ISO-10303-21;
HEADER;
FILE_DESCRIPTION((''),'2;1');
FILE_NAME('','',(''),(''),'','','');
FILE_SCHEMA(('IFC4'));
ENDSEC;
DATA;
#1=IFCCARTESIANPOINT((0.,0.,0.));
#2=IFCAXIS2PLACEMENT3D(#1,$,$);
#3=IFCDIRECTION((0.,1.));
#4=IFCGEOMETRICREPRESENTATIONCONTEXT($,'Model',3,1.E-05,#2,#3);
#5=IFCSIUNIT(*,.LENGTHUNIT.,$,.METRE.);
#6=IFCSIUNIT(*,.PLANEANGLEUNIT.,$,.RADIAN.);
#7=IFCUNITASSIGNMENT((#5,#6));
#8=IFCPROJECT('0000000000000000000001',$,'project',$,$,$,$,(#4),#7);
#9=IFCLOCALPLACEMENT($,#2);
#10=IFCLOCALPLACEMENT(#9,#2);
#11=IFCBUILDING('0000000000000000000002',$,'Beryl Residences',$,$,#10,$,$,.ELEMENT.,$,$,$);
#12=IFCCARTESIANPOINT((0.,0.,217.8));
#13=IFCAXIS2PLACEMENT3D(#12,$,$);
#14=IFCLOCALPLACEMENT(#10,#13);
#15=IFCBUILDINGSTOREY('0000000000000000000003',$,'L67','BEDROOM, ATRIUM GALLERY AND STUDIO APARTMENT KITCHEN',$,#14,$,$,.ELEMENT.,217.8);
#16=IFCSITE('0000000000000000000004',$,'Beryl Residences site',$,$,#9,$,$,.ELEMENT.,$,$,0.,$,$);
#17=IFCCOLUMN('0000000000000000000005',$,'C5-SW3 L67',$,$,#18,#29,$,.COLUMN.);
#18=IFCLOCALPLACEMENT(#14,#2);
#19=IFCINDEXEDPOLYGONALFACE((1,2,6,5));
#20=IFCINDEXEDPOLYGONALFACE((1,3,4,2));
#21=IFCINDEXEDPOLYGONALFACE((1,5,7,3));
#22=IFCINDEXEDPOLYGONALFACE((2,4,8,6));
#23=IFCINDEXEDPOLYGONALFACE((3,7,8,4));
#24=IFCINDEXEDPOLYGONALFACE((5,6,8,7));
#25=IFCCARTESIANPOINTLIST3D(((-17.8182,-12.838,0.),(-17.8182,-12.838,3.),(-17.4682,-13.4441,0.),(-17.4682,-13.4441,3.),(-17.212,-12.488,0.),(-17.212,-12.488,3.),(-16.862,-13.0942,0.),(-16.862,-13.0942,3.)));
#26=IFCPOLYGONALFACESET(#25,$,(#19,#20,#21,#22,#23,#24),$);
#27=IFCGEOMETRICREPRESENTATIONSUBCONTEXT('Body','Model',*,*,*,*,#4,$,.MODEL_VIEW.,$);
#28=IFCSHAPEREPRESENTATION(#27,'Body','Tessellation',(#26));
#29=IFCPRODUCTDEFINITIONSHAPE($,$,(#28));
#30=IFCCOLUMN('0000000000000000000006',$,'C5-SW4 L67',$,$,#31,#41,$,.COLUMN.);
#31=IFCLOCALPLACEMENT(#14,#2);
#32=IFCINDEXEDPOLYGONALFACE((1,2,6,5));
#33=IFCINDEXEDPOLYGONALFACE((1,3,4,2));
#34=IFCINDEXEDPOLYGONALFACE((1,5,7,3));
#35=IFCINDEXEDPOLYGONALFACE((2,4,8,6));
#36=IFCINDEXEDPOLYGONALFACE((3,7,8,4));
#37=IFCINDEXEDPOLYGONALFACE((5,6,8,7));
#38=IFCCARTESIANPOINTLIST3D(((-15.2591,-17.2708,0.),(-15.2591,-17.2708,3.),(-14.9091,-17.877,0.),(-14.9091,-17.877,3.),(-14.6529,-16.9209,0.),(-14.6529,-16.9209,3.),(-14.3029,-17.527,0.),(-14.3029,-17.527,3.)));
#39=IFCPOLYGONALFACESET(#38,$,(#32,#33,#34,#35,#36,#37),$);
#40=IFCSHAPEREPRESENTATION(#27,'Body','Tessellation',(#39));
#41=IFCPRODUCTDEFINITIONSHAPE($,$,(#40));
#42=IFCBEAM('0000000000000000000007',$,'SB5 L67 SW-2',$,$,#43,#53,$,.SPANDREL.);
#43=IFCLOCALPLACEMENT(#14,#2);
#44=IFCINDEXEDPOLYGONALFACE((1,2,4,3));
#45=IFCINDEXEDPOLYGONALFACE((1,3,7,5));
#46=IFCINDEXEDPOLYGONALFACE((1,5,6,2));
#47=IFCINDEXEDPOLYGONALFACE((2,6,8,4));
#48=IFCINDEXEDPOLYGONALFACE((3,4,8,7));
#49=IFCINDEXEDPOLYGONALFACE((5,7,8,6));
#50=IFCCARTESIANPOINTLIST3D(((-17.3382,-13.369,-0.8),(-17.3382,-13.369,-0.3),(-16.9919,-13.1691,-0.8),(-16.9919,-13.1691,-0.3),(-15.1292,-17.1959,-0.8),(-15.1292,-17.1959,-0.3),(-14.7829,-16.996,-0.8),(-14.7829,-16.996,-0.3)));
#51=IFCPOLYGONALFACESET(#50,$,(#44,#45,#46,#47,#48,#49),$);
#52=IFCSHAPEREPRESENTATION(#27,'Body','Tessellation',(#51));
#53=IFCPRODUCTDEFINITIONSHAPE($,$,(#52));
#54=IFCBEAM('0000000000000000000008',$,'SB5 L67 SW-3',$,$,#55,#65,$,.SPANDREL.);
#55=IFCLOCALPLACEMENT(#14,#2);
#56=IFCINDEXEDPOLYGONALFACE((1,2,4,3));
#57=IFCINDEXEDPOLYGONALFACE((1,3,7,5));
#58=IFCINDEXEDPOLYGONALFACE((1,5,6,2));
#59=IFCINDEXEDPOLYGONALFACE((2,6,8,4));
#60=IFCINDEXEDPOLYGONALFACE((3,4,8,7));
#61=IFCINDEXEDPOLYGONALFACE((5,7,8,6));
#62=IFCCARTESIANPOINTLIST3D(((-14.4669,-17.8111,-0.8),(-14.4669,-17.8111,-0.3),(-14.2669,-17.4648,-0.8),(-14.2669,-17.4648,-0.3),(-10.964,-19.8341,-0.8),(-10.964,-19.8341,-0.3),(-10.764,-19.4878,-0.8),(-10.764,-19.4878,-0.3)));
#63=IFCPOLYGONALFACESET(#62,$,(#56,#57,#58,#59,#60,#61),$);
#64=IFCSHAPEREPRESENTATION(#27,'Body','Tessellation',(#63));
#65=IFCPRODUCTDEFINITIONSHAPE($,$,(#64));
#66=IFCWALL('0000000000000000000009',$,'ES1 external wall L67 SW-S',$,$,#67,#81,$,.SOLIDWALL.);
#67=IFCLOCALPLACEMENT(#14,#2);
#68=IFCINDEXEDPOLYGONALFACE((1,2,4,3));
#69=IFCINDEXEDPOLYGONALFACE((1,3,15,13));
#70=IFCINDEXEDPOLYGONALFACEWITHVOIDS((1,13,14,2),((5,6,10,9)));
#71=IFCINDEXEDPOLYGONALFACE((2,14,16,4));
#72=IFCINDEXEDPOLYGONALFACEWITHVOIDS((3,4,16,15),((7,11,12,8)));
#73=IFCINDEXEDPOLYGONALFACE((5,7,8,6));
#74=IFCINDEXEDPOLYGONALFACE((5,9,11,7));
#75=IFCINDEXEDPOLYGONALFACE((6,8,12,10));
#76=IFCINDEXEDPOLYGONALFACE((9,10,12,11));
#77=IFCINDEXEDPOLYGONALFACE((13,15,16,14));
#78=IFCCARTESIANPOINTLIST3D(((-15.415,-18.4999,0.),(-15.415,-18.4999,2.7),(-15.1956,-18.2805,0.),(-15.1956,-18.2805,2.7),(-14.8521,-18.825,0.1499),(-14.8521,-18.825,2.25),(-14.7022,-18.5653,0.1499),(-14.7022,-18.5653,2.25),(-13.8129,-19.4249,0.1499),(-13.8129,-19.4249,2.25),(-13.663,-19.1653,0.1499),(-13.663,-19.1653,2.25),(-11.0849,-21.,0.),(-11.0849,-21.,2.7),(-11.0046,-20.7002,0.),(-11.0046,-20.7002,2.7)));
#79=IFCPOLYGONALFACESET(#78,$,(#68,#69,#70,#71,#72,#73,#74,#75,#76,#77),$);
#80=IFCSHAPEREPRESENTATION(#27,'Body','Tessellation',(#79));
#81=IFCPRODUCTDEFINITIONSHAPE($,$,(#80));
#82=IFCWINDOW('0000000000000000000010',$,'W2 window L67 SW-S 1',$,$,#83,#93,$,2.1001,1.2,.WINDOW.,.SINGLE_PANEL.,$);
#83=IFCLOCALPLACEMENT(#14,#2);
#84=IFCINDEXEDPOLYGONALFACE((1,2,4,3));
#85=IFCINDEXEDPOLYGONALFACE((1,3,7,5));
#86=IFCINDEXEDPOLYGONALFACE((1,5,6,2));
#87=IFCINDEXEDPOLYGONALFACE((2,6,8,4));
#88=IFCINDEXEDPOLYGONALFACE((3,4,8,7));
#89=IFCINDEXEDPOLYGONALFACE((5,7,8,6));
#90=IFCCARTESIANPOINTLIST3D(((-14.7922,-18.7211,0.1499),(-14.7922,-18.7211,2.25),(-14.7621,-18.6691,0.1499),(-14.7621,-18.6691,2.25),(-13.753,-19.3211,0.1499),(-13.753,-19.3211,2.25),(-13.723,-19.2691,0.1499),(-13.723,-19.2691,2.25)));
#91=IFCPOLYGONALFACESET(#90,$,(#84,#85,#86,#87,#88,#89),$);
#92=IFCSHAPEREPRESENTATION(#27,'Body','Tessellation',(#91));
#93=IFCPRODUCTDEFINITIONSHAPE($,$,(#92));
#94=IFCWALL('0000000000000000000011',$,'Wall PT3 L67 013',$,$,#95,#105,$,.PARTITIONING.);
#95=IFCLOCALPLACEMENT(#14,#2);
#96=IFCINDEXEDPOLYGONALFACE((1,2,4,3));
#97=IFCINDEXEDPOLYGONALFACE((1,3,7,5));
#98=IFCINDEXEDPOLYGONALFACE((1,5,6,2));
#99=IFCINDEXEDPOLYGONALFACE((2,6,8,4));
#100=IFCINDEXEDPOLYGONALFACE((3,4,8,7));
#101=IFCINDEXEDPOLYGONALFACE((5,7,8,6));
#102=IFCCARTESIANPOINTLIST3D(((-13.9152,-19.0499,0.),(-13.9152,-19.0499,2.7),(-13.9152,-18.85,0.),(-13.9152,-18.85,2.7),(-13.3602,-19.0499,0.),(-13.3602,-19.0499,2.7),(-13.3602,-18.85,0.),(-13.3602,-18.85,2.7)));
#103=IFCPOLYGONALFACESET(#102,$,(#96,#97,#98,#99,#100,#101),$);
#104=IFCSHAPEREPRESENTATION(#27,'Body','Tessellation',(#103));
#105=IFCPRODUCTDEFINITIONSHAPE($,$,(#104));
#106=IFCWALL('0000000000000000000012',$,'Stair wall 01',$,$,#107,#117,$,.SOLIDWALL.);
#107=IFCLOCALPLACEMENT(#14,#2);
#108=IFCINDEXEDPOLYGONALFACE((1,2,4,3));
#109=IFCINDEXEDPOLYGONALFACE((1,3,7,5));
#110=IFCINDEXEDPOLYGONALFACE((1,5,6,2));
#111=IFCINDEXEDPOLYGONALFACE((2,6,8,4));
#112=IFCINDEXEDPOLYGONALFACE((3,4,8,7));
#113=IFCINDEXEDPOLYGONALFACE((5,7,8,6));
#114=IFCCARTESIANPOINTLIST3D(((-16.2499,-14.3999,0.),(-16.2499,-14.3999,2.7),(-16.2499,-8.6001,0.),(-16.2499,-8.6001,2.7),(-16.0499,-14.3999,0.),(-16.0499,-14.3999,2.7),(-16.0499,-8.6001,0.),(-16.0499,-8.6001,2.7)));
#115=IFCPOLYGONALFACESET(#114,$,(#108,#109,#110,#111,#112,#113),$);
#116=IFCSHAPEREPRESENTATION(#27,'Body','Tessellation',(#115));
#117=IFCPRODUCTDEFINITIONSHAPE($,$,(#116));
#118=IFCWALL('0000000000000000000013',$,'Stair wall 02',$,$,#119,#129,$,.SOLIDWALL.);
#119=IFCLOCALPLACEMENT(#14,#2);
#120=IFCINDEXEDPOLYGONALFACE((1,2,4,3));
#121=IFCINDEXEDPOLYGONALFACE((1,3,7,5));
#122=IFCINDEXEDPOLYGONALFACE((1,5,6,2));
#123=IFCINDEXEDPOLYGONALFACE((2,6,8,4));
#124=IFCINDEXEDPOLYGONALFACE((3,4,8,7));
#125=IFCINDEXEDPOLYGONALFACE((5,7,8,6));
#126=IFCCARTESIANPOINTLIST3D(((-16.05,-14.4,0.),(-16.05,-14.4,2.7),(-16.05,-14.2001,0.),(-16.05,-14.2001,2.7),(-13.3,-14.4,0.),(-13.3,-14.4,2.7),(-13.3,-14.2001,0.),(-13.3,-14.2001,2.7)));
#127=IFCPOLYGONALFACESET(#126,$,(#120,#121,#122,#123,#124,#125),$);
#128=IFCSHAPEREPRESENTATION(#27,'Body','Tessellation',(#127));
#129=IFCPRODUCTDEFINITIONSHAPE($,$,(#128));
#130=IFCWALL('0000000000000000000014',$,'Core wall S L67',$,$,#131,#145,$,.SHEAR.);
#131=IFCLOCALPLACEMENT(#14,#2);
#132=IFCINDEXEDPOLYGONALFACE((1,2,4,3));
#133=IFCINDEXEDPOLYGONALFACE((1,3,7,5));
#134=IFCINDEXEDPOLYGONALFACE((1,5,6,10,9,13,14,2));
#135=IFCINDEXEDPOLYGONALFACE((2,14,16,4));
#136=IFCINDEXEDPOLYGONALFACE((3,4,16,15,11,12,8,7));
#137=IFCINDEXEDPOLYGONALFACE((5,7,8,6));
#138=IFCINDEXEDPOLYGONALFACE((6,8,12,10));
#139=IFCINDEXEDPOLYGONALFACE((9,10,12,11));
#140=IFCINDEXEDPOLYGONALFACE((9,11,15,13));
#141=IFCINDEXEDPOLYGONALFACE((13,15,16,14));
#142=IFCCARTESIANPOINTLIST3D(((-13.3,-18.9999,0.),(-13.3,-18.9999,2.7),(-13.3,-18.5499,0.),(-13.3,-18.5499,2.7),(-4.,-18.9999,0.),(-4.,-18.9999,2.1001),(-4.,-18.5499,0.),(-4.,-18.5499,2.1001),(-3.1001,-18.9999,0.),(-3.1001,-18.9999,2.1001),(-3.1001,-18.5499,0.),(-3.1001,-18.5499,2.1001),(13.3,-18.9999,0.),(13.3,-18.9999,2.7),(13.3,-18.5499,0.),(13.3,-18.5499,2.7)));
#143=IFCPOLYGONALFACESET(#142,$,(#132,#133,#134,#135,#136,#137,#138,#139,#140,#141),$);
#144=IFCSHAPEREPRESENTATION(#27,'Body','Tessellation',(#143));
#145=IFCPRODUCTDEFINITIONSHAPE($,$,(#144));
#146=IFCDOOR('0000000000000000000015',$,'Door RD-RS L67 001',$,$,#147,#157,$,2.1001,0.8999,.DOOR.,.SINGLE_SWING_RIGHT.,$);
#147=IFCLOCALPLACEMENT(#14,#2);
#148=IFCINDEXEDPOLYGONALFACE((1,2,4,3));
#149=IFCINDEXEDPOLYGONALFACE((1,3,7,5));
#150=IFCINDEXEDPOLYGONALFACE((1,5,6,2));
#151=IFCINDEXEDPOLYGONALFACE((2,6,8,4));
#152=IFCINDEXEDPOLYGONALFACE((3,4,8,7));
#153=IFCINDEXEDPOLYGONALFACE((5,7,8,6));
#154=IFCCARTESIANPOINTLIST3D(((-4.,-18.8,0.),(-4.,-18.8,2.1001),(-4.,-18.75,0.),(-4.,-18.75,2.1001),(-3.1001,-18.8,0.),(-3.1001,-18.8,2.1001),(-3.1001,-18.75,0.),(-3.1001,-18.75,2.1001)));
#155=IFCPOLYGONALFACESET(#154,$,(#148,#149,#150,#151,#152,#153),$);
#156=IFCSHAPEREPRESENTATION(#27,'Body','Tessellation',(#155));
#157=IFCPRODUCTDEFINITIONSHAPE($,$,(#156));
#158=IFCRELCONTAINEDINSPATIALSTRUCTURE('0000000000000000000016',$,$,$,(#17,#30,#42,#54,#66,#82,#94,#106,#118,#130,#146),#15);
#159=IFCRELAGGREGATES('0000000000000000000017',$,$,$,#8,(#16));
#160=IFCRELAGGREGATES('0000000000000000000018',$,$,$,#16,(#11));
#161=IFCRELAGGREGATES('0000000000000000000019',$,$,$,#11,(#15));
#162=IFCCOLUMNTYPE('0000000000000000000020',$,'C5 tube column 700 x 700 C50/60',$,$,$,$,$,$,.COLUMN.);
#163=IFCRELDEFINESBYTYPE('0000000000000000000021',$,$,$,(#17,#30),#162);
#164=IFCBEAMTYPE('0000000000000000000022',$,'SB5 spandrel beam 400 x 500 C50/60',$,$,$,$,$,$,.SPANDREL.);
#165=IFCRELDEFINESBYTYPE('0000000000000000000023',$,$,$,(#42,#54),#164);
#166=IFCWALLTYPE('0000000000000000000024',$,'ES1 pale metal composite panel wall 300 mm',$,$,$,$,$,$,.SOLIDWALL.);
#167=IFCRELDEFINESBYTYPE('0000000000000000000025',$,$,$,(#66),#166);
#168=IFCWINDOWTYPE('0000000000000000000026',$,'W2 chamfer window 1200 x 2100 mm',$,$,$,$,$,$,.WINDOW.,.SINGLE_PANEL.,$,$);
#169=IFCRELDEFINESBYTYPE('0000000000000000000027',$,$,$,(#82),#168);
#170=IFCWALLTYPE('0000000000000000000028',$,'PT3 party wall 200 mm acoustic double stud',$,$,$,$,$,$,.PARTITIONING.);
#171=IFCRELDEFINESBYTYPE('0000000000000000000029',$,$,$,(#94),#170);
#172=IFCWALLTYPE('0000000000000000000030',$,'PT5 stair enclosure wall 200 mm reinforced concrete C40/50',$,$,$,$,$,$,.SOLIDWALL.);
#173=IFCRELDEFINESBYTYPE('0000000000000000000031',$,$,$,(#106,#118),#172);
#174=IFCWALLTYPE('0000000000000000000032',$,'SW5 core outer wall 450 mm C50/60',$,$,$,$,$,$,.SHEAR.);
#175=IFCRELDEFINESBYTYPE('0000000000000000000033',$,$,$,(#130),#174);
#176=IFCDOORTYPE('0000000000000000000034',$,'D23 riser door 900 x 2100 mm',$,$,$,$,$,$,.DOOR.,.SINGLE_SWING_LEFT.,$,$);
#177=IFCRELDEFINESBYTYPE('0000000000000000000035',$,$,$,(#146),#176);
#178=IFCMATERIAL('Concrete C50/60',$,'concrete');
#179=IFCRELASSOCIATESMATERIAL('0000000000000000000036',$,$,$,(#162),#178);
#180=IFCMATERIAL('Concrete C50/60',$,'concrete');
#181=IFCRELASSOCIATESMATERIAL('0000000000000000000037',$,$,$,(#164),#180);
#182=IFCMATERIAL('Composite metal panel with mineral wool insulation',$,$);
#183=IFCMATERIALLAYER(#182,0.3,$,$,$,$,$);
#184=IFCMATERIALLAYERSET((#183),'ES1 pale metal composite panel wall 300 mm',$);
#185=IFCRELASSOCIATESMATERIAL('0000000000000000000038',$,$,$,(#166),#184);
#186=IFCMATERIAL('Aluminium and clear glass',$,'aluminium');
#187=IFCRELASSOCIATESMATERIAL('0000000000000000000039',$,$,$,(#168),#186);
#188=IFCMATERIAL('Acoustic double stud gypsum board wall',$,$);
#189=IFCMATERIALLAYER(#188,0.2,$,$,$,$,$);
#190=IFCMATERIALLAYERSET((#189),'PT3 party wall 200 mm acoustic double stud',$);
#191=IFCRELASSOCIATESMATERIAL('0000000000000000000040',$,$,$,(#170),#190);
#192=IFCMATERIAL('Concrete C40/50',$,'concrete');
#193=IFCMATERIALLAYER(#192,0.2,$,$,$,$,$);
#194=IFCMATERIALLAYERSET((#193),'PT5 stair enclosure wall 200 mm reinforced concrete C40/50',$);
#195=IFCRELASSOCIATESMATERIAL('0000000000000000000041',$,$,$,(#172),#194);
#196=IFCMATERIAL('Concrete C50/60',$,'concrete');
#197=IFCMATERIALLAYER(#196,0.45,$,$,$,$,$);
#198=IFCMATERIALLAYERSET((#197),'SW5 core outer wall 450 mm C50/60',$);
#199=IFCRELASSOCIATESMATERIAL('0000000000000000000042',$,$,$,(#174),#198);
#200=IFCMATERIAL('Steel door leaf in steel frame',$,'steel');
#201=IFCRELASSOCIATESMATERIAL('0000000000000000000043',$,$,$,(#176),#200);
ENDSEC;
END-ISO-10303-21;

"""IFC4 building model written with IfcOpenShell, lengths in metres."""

from ifc_helpers import new_model, si_unit, direction, frame, frame_2d, origin, origin_2d, place, context, subcontext, project, spatial, polyline, rectangle, outline, extrude, material, layer, layer_set, material_profile, profile_set, type_object, element, fill, save


model = new_model("IFC4")

# Units and contexts
model_context = context("Model", 3, precision=1e-05, world=origin(), true_north=direction((0.0, 1.0)))
body_context = subcontext(model_context, "Body", "Model", "MODEL_VIEW")
ifc_project = project(units=[si_unit("LENGTHUNIT", "METRE"), si_unit("PLANEANGLEUNIT", "RADIAN")], contexts=[model_context])

# Site, building, storey
site_placement = place(None, origin())
site = spatial("IfcSite", under=ifc_project, at=site_placement, Name="Beryl Residences site", CompositionType="ELEMENT", RefElevation=0.0)
building_placement = place(site_placement, origin())
building = spatial("IfcBuilding", under=site, at=building_placement, Name="Beryl Residences", CompositionType="ELEMENT")
storey_placement = place(building_placement, frame((0.0, 0.0, 217.8)))
storey = spatial("IfcBuildingStorey", under=building, at=storey_placement, Name="L67", Description="BEDROOM, ATRIUM GALLERY AND STUDIO APARTMENT KITCHEN", CompositionType="ELEMENT", Elevation=217.8)

# Columns
ifc_material_1 = material(Name="Concrete C50/60", Category="concrete")
ifc_material_profile_1 = material_profile(ifc_material_1, rectangle(XDim=0.7, YDim=0.7, at=origin_2d()))
ifc_profile_set_1 = profile_set([ifc_material_profile_1], Name="Concrete C50/60")
column_type = type_object("IfcColumnType", Name="C5 tube column 700 x 700 C50/60", PredefinedType="COLUMN", material=ifc_profile_set_1)
for number, where, z_axis, x_axis, name in (
    (1, (-17.3401, -12.9661, 0.0), (0.0, 0.0, 1.0), (0.499985, -0.866034, 0.0), "C5-SW3 L67"),
    (2, (-14.781, -17.3989, 0.0), (0.0, 0.0, 1.0), (0.499985, -0.866034, 0.0), "C5-SW4 L67"),
):
    element("IfcColumn", number, at=place(storey_placement, frame(where, z_axis=z_axis, x_axis=x_axis)), inside=storey, type_object=column_type, Name=name, PredefinedType="COLUMN", context=body_context, shape_type="SweptSolid", body=[
        extrude(rectangle(XDim=0.7, YDim=0.7, at=origin_2d()), origin(), (0.0, 0.0, 1.0), 3.0),
    ])

# Beams
ifc_material_2 = material(Name="Concrete C50/60", Category="concrete")
ifc_material_profile_2 = material_profile(ifc_material_2, rectangle(XDim=0.3999, YDim=0.5, at=origin_2d()))
ifc_profile_set_2 = profile_set([ifc_material_profile_2], Name="Concrete C50/60")
beam_type = type_object("IfcBeamType", Name="SB5 spandrel beam 400 x 500 C50/60", PredefinedType="SPANDREL", material=ifc_profile_set_2)
beam_1_placement = place(storey_placement, frame((-17.165, -13.269, -0.55), z_axis=(0.499919, -0.866072, 0.0), x_axis=(0.866072, 0.499919, 0.0)))
element("IfcBeam", 3, at=beam_1_placement, inside=storey, type_object=beam_type, Name="SB5 L67 SW-2", PredefinedType="SPANDREL", context=body_context, shape_type="SweptSolid", body=[
    extrude(rectangle(XDim=0.3999, YDim=0.5, at=origin_2d()), origin(), (0.0, 0.0, 1.0), 4.4187),
])
beam_2_placement = place(storey_placement, frame((-14.3669, -17.6379, -0.55), z_axis=(0.865968, -0.500099, 0.0), x_axis=(0.500099, 0.865968, 0.0)))
element("IfcBeam", 4, at=beam_2_placement, inside=storey, type_object=beam_type, Name="SB5 L67 SW-3", PredefinedType="SPANDREL", context=body_context, shape_type="SweptSolid", body=[
    extrude(rectangle(XDim=0.3999, YDim=0.5, at=origin_2d()), origin(), (0.0, 0.0, 1.0), 4.0452),
])

# Wall, opening, window
ifc_material_3 = material(Name="Composite metal panel with mineral wool insulation")
ifc_layer_1 = layer(ifc_material_3, 0.3)
ifc_layer_set_1 = layer_set([ifc_layer_1], Name="ES1 pale metal composite panel wall 300 mm")
wall_type_1 = type_object("IfcWallType", Name="ES1 pale metal composite panel wall 300 mm", PredefinedType="SOLIDWALL", material=ifc_layer_set_1)
wall_1_placement = place(storey_placement, frame((-15.3401, -18.3701, 0.0), z_axis=(0.0, 0.0, 1.0), x_axis=(0.866023, -0.500004, 0.0)))
wall_1 = element("IfcWall", 5, at=wall_1_placement, inside=storey, type_object=wall_type_1, Name="ES1 external wall L67 SW-S", PredefinedType="SOLIDWALL", context=body_context, shape_type="SweptSolid", body=[
    extrude(outline(polyline([(0.0, -0.1499), (5.0, -0.1499), (4.9197, 0.1499), (0.0803, 0.1499), (0.0, -0.1499)])), origin(), (0.0, 0.0, 1.0), 2.7),
])
opening_1_placement = place(wall_1_placement, frame((0.6499, 0.0, 0.1499)))
opening_1 = element("IfcOpeningElement", 6, at=opening_1_placement, cuts=wall_1, PredefinedType="OPENING", context=body_context, shape_type="SweptSolid", body=[
    extrude(rectangle(XDim=1.2, YDim=2.1001, at=frame_2d((0.6001, 1.05))), frame((0.0, 0.1599, 0.0), z_axis=(0.0, -1.0, 0.0), x_axis=(1.0, 0.0, 0.0)), (0.0, 0.0, 1.0), 0.3201),
])
ifc_material_4 = material(Name="Aluminium and clear glass", Category="aluminium")
window_type = type_object("IfcWindowType", Name="W2 chamfer window 1200 x 2100 mm", PartitioningType="SINGLE_PANEL", PredefinedType="WINDOW", material=ifc_material_4)
window_placement = place(opening_1_placement, origin())
window = element("IfcWindow", 7, at=window_placement, inside=storey, type_object=window_type, Name="W2 window L67 SW-S 1", OverallHeight=2.1001, OverallWidth=1.2, PartitioningType="SINGLE_PANEL", PredefinedType="WINDOW", context=body_context, shape_type="SweptSolid", body=[
    extrude(rectangle(XDim=1.2, YDim=2.1001, at=frame_2d((0.6001, 1.05))), frame((0.0, 0.03, 0.0), z_axis=(0.0, -1.0, 0.0), x_axis=(1.0, 0.0, 0.0)), (0.0, 0.0, 1.0), 0.0601),
])
fill(opening_1, window)

# Walls
ifc_material_5 = material(Name="Acoustic double stud gypsum board wall")
ifc_layer_2 = layer(ifc_material_5, 0.2)
ifc_layer_set_2 = layer_set([ifc_layer_2], Name="PT3 party wall 200 mm acoustic double stud")
wall_type_2 = type_object("IfcWallType", Name="PT3 party wall 200 mm acoustic double stud", PredefinedType="PARTITIONING", material=ifc_layer_set_2)
wall_2_placement = place(storey_placement, frame((-13.915, -18.95, 0.0), z_axis=(0.0, 0.0, 1.0), x_axis=(1.0, 0.0, 0.0)))
element("IfcWall", 8, at=wall_2_placement, inside=storey, type_object=wall_type_2, Name="Wall PT3 L67 013", PredefinedType="PARTITIONING", context=body_context, shape_type="SweptSolid", body=[
    extrude(rectangle(XDim=0.5549, YDim=0.2, at=frame_2d((0.2773, 0.0))), origin(), (0.0, 0.0, 1.0), 2.7),
])
ifc_material_6 = material(Name="Concrete C40/50", Category="concrete")
ifc_layer_3 = layer(ifc_material_6, 0.2)
ifc_layer_set_3 = layer_set([ifc_layer_3], Name="PT5 stair enclosure wall 200 mm reinforced concrete C40/50")
wall_type_3 = type_object("IfcWallType", Name="PT5 stair enclosure wall 200 mm reinforced concrete C40/50", PredefinedType="SOLIDWALL", material=ifc_layer_set_3)
wall_3_placement = place(storey_placement, frame((-16.1499, -14.3999, 0.0), z_axis=(0.0, 0.0, 1.0), x_axis=(0.0, 1.0, 0.0)))
element("IfcWall", 9, at=wall_3_placement, inside=storey, type_object=wall_type_3, Name="Stair wall 01", PredefinedType="SOLIDWALL", context=body_context, shape_type="SweptSolid", body=[
    extrude(rectangle(XDim=5.7998, YDim=0.2, at=frame_2d((2.8999, 0.0))), origin(), (0.0, 0.0, 1.0), 2.7),
])
wall_4_placement = place(storey_placement, frame((-16.05, -14.3, 0.0), z_axis=(0.0, 0.0, 1.0), x_axis=(1.0, 0.0, 0.0)))
element("IfcWall", 10, at=wall_4_placement, inside=storey, type_object=wall_type_3, Name="Stair wall 02", PredefinedType="SOLIDWALL", context=body_context, shape_type="SweptSolid", body=[
    extrude(rectangle(XDim=2.75, YDim=0.2, at=frame_2d((1.375, 0.0))), origin(), (0.0, 0.0, 1.0), 2.7),
])

# Wall, opening, door
ifc_material_7 = material(Name="Concrete C50/60", Category="concrete")
ifc_layer_4 = layer(ifc_material_7, 0.45)
ifc_layer_set_4 = layer_set([ifc_layer_4], Name="SW5 core outer wall 450 mm C50/60")
wall_type_4 = type_object("IfcWallType", Name="SW5 core outer wall 450 mm C50/60", PredefinedType="SHEAR", material=ifc_layer_set_4)
wall_5_placement = place(storey_placement, frame((-13.3, -18.7749, 0.0), z_axis=(0.0, 0.0, 1.0), x_axis=(1.0, 0.0, 0.0)))
wall_5 = element("IfcWall", 11, at=wall_5_placement, inside=storey, type_object=wall_type_4, Name="Core wall S L67", PredefinedType="SHEAR", context=body_context, shape_type="SweptSolid", body=[
    extrude(rectangle(XDim=26.6001, YDim=0.45, at=frame_2d((13.3, 0.0))), origin(), (0.0, 0.0, 1.0), 2.7),
])
opening_2_placement = place(wall_5_placement, frame((9.3, 0.0, 0.0)))
opening_2 = element("IfcOpeningElement", 12, at=opening_2_placement, cuts=wall_5, PredefinedType="OPENING", context=body_context, shape_type="SweptSolid", body=[
    extrude(rectangle(XDim=0.8999, YDim=2.1001, at=frame_2d((0.45, 1.05))), frame((0.0, 0.2349, 0.0), z_axis=(0.0, -1.0, 0.0), x_axis=(1.0, 0.0, 0.0)), (0.0, 0.0, 1.0), 0.47),
])
ifc_material_8 = material(Name="Steel door leaf in steel frame", Category="steel")
door_type_1 = type_object("IfcDoorType", Name="D23 riser door 900 x 2100 mm", OperationType="SINGLE_SWING_LEFT", PredefinedType="DOOR", material=ifc_material_8)
door_1_placement = place(opening_2_placement, origin())
door_1 = element("IfcDoor", 13, at=door_1_placement, inside=storey, type_object=door_type_1, Name="Door RD-RS L67 001", OperationType="SINGLE_SWING_RIGHT", OverallHeight=2.1001, OverallWidth=0.8999, PredefinedType="DOOR", context=body_context, shape_type="SweptSolid", body=[
    extrude(rectangle(XDim=0.8999, YDim=2.1001, at=frame_2d((0.45, 1.05))), frame((0.0, 0.0249, 0.0), z_axis=(0.0, -1.0, 0.0), x_axis=(1.0, 0.0, 0.0)), (0.0, 0.0, 1.0), 0.05),
])
fill(opening_2, door_1)

save(model, "model.ifc")
